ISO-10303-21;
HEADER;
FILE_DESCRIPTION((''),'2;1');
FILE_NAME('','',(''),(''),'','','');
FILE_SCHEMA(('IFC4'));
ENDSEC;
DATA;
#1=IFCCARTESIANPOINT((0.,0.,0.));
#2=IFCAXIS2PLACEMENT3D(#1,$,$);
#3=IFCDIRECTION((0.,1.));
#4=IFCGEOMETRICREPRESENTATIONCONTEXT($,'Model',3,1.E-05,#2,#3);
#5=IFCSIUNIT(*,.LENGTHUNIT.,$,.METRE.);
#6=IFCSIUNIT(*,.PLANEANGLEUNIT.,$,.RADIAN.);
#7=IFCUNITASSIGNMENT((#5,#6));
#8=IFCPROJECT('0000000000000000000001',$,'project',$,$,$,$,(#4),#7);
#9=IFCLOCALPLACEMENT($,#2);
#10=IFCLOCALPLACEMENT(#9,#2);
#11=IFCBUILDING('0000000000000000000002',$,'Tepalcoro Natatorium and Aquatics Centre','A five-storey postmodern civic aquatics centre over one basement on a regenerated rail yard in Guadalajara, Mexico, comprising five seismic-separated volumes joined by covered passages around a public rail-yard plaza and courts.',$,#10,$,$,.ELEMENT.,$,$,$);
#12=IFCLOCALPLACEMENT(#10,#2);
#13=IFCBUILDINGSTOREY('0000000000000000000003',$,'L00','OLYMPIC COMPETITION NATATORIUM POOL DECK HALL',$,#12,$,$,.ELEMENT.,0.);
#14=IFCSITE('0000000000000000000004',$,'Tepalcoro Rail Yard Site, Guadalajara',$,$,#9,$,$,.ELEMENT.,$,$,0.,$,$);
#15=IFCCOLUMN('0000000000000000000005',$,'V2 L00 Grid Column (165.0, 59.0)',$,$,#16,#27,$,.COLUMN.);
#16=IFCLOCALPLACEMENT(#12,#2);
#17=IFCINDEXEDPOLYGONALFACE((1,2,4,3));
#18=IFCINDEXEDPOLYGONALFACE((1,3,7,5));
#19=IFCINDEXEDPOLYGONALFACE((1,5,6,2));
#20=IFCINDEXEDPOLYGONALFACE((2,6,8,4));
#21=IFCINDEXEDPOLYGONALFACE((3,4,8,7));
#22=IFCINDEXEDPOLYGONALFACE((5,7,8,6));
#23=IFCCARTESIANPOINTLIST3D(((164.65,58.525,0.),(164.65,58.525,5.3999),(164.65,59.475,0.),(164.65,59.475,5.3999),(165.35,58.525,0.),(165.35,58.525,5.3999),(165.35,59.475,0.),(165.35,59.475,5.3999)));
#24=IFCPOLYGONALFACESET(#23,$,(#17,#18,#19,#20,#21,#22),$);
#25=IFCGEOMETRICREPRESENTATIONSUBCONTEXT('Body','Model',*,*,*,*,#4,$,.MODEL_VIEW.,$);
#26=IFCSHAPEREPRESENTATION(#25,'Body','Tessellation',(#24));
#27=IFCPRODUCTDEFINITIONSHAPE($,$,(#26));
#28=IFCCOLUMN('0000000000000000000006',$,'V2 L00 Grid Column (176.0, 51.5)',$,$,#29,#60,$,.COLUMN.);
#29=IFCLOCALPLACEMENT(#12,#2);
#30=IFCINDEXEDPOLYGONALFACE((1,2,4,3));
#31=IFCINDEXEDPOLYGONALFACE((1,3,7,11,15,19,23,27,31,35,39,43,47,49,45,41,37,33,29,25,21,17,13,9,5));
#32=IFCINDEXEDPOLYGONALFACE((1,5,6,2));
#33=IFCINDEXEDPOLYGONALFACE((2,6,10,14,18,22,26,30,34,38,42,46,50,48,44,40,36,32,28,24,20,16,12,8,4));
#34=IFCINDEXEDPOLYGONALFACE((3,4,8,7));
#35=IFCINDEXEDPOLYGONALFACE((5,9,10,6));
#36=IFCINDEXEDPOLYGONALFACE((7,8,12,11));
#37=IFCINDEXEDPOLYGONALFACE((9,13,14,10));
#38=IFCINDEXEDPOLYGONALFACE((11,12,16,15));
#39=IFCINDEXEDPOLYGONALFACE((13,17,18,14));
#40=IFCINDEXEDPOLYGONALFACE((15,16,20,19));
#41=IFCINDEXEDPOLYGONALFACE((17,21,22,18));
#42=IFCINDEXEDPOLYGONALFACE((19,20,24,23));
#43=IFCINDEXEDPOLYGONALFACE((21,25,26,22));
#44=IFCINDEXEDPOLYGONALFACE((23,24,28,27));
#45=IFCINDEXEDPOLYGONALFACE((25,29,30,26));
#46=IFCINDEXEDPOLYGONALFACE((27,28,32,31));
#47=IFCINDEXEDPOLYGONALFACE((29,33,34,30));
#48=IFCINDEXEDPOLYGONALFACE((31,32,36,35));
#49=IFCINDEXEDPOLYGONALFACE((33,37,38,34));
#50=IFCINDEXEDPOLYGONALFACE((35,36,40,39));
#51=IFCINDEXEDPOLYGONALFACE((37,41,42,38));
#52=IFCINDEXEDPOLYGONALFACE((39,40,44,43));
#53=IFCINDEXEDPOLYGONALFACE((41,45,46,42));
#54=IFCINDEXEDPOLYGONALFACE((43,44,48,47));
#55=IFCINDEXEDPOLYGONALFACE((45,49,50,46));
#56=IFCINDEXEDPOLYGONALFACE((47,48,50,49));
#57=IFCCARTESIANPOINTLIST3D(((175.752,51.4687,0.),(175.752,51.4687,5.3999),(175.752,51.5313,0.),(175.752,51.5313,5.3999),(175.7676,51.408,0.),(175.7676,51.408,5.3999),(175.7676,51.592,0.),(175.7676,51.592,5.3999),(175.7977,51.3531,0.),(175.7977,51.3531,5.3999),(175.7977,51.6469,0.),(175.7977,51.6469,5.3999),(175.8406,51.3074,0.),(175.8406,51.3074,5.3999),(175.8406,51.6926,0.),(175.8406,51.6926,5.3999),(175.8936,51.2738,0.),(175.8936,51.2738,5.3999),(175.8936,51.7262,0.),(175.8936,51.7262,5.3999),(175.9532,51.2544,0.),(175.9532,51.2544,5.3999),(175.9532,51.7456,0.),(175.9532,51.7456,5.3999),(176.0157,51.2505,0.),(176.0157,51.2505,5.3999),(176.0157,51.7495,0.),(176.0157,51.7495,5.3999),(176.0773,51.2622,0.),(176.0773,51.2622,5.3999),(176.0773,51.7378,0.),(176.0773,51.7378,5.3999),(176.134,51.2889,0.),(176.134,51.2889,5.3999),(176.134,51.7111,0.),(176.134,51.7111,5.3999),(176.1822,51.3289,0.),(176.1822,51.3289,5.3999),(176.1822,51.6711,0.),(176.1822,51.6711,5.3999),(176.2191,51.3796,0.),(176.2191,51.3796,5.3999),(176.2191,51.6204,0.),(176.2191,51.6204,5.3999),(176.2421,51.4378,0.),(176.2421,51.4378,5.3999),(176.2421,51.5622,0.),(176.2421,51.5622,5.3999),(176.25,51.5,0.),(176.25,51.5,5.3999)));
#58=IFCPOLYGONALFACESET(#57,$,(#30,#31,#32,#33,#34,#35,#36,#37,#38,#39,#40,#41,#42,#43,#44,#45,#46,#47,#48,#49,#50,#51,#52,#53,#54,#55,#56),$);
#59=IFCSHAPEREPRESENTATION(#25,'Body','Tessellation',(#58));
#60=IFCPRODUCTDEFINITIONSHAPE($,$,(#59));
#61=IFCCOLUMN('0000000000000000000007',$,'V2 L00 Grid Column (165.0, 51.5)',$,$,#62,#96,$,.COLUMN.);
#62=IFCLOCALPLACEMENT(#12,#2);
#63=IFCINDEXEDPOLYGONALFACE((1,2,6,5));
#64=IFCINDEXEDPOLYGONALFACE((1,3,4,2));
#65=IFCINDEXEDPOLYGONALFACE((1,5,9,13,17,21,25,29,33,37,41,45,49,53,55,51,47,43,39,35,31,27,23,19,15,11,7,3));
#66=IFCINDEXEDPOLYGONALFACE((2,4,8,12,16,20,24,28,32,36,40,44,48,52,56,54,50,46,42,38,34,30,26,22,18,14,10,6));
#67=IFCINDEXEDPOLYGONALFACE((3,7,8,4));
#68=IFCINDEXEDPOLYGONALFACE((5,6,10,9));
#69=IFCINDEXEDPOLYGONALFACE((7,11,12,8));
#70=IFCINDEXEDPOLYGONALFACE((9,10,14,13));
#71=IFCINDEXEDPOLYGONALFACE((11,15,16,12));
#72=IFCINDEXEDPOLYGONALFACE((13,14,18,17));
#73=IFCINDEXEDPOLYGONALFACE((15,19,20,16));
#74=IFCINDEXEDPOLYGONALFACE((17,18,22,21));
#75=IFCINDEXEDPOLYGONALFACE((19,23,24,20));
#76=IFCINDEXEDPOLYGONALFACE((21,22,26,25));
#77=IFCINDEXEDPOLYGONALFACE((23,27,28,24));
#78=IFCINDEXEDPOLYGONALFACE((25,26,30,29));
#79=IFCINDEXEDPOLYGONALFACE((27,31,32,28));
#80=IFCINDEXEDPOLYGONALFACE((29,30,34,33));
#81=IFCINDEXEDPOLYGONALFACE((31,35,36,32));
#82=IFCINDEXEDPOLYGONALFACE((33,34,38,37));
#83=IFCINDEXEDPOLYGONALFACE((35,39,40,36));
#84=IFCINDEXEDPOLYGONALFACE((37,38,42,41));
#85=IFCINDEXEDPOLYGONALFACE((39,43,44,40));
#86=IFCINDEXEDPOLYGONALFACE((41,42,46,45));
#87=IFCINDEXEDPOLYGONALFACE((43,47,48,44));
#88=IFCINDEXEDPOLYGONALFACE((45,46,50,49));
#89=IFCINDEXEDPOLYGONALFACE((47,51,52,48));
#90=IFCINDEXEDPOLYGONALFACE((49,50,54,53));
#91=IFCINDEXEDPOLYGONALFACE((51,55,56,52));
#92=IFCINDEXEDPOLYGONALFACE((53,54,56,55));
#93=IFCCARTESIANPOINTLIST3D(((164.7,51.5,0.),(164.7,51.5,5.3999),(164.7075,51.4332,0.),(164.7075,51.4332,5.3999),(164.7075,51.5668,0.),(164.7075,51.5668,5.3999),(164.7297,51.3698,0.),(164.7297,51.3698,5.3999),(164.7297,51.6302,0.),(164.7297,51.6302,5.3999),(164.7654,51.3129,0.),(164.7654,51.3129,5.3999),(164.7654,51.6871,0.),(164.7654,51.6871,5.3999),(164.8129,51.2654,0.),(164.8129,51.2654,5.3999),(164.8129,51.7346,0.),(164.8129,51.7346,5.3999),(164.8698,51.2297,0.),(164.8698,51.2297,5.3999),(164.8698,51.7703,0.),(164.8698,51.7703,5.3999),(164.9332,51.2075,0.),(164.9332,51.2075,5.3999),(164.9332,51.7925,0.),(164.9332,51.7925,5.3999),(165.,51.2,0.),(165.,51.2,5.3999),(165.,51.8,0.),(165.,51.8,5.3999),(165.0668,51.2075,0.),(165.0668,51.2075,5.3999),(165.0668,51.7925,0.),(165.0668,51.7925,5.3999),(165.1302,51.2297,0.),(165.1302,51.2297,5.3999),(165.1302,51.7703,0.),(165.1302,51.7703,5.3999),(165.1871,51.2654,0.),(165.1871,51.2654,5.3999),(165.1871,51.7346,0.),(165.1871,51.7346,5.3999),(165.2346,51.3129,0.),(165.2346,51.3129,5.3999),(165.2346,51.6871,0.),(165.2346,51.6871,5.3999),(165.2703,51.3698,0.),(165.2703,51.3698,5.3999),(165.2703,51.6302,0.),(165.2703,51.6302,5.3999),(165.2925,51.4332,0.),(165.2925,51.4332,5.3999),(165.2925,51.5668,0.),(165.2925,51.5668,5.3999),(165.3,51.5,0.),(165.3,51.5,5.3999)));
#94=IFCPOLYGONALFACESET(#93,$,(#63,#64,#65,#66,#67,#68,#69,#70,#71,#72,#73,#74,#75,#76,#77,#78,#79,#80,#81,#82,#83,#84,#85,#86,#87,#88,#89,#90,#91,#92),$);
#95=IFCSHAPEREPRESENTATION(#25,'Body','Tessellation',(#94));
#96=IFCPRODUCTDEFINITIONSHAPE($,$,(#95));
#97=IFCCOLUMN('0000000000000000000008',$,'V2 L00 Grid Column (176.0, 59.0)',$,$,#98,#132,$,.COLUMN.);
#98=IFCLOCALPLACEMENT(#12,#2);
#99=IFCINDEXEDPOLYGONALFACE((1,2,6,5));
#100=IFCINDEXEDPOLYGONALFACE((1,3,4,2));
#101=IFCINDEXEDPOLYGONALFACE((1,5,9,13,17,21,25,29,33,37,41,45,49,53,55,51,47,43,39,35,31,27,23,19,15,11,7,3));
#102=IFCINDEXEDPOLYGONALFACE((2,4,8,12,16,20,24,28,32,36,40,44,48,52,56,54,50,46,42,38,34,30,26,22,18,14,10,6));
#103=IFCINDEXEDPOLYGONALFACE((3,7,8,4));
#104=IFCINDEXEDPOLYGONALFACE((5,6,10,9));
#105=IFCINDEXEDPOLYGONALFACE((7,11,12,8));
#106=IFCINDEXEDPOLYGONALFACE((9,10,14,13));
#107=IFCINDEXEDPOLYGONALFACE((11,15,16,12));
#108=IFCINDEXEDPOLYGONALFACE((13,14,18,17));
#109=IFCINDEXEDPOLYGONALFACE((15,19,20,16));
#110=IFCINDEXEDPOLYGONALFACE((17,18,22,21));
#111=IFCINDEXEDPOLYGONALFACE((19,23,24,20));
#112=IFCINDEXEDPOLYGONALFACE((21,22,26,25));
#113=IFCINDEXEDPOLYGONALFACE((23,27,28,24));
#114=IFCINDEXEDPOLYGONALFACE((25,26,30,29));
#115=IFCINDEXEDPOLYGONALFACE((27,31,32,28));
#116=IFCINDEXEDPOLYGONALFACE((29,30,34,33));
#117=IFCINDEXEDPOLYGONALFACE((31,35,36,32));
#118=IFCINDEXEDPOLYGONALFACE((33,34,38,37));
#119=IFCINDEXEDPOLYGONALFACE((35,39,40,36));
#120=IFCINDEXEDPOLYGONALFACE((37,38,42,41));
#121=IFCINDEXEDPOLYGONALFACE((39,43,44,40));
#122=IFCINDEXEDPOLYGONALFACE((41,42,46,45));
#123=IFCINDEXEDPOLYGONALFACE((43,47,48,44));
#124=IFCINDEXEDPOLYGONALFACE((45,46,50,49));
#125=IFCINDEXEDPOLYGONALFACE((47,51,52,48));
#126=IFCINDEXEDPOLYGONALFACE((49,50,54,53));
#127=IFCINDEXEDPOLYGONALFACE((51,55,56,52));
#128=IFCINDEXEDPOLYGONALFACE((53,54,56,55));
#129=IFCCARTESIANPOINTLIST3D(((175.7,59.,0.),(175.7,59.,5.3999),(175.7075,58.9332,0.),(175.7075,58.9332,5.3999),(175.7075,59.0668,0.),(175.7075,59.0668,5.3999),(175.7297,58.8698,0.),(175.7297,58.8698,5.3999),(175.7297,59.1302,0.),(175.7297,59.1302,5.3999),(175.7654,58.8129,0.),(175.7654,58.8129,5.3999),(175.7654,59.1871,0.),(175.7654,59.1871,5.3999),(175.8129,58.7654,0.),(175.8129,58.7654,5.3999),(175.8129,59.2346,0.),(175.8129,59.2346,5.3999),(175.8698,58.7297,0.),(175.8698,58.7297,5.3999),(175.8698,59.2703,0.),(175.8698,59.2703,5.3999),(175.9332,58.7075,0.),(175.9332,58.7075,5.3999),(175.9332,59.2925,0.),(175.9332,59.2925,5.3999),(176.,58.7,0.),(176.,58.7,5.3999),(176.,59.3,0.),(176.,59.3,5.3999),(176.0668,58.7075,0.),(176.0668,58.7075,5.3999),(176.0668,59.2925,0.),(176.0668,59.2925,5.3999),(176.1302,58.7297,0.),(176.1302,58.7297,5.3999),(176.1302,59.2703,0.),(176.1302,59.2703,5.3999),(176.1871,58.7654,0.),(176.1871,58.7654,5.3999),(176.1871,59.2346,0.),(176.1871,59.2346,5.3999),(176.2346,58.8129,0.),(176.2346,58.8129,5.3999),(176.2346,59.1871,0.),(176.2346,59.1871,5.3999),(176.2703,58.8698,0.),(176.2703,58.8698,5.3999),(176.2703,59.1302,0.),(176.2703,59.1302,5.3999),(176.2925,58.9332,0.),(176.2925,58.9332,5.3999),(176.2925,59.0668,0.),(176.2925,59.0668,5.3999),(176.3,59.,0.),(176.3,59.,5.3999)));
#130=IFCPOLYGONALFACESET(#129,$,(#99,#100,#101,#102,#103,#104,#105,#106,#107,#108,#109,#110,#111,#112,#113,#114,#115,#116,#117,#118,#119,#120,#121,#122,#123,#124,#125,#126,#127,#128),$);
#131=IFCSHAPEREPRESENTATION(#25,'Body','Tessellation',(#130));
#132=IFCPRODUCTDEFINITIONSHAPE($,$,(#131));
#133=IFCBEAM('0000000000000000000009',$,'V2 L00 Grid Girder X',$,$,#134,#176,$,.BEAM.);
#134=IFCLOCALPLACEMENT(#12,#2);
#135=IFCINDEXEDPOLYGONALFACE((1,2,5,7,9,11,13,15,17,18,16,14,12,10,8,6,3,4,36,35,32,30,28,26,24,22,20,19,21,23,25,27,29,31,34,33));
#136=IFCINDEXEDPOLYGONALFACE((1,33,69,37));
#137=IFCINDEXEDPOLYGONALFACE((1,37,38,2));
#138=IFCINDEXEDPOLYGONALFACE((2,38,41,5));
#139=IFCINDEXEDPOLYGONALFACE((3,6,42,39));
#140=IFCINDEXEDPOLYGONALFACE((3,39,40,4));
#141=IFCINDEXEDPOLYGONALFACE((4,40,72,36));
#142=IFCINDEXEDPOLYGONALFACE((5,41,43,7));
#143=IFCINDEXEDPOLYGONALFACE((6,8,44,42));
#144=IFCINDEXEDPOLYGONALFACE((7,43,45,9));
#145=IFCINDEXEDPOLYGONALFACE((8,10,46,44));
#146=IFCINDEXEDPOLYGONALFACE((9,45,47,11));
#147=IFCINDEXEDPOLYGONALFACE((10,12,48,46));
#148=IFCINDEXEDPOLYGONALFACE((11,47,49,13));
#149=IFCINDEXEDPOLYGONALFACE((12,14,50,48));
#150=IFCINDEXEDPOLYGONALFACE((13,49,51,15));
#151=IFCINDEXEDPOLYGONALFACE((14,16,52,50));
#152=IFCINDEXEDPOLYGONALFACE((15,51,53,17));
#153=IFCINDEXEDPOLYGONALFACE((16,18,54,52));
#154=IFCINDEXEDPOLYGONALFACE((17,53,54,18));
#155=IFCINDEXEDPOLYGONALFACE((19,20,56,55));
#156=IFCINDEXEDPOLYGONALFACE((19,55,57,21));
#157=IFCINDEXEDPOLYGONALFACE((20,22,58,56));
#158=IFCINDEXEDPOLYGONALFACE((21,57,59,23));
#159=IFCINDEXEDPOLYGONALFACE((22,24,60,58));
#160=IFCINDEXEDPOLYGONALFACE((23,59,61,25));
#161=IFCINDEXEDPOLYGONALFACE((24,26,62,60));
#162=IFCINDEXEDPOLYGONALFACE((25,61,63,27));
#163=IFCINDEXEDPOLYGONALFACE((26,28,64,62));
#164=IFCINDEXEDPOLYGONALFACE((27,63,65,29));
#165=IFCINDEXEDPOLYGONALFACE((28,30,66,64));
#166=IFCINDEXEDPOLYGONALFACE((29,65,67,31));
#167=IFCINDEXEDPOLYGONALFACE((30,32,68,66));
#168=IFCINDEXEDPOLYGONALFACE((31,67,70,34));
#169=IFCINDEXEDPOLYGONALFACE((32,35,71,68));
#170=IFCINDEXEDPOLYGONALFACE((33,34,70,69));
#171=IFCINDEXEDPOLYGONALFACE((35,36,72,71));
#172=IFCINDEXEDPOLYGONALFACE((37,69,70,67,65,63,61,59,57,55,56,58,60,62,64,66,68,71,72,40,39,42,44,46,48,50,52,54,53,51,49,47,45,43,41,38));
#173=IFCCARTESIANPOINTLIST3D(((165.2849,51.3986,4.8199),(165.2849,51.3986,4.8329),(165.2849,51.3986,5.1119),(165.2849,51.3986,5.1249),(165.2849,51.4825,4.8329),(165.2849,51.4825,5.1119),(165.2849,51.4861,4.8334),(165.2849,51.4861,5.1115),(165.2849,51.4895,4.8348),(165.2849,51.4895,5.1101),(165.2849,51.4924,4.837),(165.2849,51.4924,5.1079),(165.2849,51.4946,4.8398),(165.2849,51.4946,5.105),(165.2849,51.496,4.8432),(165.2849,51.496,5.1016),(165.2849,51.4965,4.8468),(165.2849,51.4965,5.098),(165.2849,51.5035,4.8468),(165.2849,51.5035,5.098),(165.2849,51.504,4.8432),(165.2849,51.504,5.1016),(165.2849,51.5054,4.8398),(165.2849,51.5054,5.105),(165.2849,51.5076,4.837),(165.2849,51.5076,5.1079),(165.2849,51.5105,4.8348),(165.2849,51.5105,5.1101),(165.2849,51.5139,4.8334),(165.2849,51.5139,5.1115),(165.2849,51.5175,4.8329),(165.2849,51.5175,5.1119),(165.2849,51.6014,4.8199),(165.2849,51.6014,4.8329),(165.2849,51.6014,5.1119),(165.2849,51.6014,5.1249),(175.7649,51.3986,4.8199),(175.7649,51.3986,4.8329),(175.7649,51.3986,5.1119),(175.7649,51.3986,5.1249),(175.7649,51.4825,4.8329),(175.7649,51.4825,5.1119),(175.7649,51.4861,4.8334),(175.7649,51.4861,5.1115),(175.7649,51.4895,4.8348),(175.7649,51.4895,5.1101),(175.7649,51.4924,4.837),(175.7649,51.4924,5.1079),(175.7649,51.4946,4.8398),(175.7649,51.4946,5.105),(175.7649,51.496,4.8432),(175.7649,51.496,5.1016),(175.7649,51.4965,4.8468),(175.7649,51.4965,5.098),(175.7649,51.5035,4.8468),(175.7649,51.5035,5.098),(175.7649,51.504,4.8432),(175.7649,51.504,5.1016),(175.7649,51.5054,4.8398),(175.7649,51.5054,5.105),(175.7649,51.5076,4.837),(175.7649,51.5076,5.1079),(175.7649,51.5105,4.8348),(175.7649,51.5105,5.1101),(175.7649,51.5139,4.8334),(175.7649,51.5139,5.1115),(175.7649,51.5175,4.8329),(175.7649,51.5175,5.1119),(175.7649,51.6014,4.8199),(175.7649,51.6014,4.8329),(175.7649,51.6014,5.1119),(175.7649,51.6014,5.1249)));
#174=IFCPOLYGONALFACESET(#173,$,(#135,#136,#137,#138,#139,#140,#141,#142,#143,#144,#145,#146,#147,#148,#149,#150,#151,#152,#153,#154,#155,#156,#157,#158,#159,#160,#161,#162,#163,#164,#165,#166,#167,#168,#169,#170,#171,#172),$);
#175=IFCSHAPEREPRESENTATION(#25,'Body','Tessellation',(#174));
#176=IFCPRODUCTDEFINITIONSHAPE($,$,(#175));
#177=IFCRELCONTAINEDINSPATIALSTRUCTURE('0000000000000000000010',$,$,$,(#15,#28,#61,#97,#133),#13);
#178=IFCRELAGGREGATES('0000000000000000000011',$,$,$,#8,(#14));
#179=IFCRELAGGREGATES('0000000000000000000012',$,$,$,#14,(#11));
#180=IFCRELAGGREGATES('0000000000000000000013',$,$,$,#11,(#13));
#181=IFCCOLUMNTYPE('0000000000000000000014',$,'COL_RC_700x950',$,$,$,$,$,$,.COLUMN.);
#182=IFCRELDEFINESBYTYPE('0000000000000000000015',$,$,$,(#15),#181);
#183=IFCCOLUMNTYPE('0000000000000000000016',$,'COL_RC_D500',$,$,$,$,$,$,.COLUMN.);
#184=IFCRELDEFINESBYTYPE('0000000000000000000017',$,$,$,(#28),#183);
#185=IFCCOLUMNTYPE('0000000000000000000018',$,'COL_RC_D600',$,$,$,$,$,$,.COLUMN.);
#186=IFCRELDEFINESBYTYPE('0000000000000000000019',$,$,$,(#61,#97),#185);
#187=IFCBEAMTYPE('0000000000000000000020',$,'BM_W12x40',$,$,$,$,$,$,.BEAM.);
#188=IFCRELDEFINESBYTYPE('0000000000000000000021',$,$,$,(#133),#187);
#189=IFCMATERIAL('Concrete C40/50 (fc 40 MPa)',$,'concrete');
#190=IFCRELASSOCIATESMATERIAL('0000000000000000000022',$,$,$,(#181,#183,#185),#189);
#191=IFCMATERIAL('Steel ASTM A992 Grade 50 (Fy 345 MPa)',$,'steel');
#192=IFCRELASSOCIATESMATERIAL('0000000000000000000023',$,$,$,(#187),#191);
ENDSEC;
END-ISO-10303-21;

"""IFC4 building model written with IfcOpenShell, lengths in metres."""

from ifc_helpers import new_model, si_unit, direction, frame, origin, origin_2d, place, context, subcontext, project, spatial, rectangle, circle, i_section, extrude, material, material_profile, profile_set, type_object, element, save


model = new_model("IFC4")

# Units and contexts
model_context = context("Model", 3, precision=1e-05, world=origin(), true_north=direction((0.0, 1.0)))
body_context = subcontext(model_context, "Body", "Model", "MODEL_VIEW")
ifc_project = project(units=[si_unit("LENGTHUNIT", "METRE"), si_unit("PLANEANGLEUNIT", "RADIAN")], contexts=[model_context])

# Site, building, storey
site_placement = place(None, origin())
site = spatial("IfcSite", under=ifc_project, at=site_placement, Name="Tepalcoro Rail Yard Site, Guadalajara", CompositionType="ELEMENT", RefElevation=0.0)
building_placement = place(site_placement, origin())
building = spatial("IfcBuilding", under=site, at=building_placement, Name="Tepalcoro Natatorium and Aquatics Centre", Description="A five-storey postmodern civic aquatics centre over one basement on a regenerated rail yard in Guadalajara, Mexico, comprising five seismic-separated volumes joined by covered passages around a public rail-yard plaza and courts.", CompositionType="ELEMENT")
storey_placement = place(building_placement, origin())
storey = spatial("IfcBuildingStorey", under=building, at=storey_placement, Name="L00", Description="OLYMPIC COMPETITION NATATORIUM POOL DECK HALL", CompositionType="ELEMENT", Elevation=0.0)

# Columns
ifc_material_1 = material(Name="Concrete C40/50 (fc 40 MPa)", Category="concrete")
ifc_material_profile_1 = material_profile(ifc_material_1, rectangle(XDim=0.7, YDim=0.95, at=origin_2d()), Name="RC700x950")
ifc_profile_set_1 = profile_set([ifc_material_profile_1], Name="Concrete C40/50 (fc 40 MPa)")
column_type_1 = type_object("IfcColumnType", Name="COL_RC_700x950", PredefinedType="COLUMN", material=ifc_profile_set_1)
column_1_placement = place(storey_placement, frame((165.0, 59.0, 0.0), z_axis=(0.0, 0.0, 1.0), x_axis=(1.0, 0.0, 0.0)))
element("IfcColumn", 1, at=column_1_placement, inside=storey, type_object=column_type_1, Name="V2 L00 Grid Column (165.0, 59.0)", PredefinedType="COLUMN", context=body_context, shape_type="SweptSolid", body=[
    extrude(rectangle(XDim=0.7, YDim=0.95, at=origin_2d()), origin(), (0.0, 0.0, 1.0), 5.3999),
])
ifc_material_profile_2 = material_profile(ifc_material_1, circle(Radius=0.25, at=origin_2d()), Name="RCD500")
ifc_profile_set_2 = profile_set([ifc_material_profile_2], Name="Concrete C40/50 (fc 40 MPa)")
column_type_2 = type_object("IfcColumnType", Name="COL_RC_D500", PredefinedType="COLUMN", material=ifc_profile_set_2)
column_2_placement = place(storey_placement, frame((176.0, 51.5, 0.0), z_axis=(0.0, 0.0, 1.0), x_axis=(1.0, 0.0, 0.0)))
element("IfcColumn", 2, at=column_2_placement, inside=storey, type_object=column_type_2, Name="V2 L00 Grid Column (176.0, 51.5)", PredefinedType="COLUMN", context=body_context, shape_type="SweptSolid", body=[
    extrude(circle(Radius=0.25, at=origin_2d()), origin(), (0.0, 0.0, 1.0), 5.3999),
])
ifc_material_profile_3 = material_profile(ifc_material_1, circle(Radius=0.3, at=origin_2d()), Name="RCD600")
ifc_profile_set_3 = profile_set([ifc_material_profile_3], Name="Concrete C40/50 (fc 40 MPa)")
column_type_3 = type_object("IfcColumnType", Name="COL_RC_D600", PredefinedType="COLUMN", material=ifc_profile_set_3)
for number, where, z_axis, x_axis, name in (
    (3, (165.0, 51.5, 0.0), (0.0, 0.0, 1.0), (1.0, 0.0, 0.0), "V2 L00 Grid Column (165.0, 51.5)"),
    (4, (176.0, 59.0, 0.0), (0.0, 0.0, 1.0), (1.0, 0.0, 0.0), "V2 L00 Grid Column (176.0, 59.0)"),
):
    element("IfcColumn", number, at=place(storey_placement, frame(where, z_axis=z_axis, x_axis=x_axis)), inside=storey, type_object=column_type_3, Name=name, PredefinedType="COLUMN", context=body_context, shape_type="SweptSolid", body=[
        extrude(circle(Radius=0.3, at=origin_2d()), origin(), (0.0, 0.0, 1.0), 5.3999),
    ])

# Beam
ifc_material_2 = material(Name="Steel ASTM A992 Grade 50 (Fy 345 MPa)", Category="steel")
ifc_material_profile_4 = material_profile(ifc_material_2, i_section(OverallWidth=0.2029, OverallDepth=0.3049, WebThickness=0.0071, FlangeThickness=0.0129, FilletRadius=0.0139, at=origin_2d()), Name="W12X40")
ifc_profile_set_4 = profile_set([ifc_material_profile_4], Name="Steel ASTM A992 Grade 50 (Fy 345 MPa)")
beam_type_1 = type_object("IfcBeamType", Name="BM_W12x40", PredefinedType="BEAM", material=ifc_profile_set_4)
beam_1_placement = place(storey_placement, frame((165.2849, 51.5, 4.9724), z_axis=(1.0, 0.0, 0.0), x_axis=(0.0, 1.0, 0.0)))
element("IfcBeam", 5, at=beam_1_placement, inside=storey, type_object=beam_type_1, Name="V2 L00 Grid Girder X", PredefinedType="BEAM", context=body_context, shape_type="SweptSolid", body=[
    extrude(i_section(OverallWidth=0.2029, OverallDepth=0.3049, WebThickness=0.0071, FlangeThickness=0.0129, FilletRadius=0.0139, at=origin_2d()), origin(), (0.0, 0.0, 1.0), 10.48),
])

save(model, "model.ifc")
